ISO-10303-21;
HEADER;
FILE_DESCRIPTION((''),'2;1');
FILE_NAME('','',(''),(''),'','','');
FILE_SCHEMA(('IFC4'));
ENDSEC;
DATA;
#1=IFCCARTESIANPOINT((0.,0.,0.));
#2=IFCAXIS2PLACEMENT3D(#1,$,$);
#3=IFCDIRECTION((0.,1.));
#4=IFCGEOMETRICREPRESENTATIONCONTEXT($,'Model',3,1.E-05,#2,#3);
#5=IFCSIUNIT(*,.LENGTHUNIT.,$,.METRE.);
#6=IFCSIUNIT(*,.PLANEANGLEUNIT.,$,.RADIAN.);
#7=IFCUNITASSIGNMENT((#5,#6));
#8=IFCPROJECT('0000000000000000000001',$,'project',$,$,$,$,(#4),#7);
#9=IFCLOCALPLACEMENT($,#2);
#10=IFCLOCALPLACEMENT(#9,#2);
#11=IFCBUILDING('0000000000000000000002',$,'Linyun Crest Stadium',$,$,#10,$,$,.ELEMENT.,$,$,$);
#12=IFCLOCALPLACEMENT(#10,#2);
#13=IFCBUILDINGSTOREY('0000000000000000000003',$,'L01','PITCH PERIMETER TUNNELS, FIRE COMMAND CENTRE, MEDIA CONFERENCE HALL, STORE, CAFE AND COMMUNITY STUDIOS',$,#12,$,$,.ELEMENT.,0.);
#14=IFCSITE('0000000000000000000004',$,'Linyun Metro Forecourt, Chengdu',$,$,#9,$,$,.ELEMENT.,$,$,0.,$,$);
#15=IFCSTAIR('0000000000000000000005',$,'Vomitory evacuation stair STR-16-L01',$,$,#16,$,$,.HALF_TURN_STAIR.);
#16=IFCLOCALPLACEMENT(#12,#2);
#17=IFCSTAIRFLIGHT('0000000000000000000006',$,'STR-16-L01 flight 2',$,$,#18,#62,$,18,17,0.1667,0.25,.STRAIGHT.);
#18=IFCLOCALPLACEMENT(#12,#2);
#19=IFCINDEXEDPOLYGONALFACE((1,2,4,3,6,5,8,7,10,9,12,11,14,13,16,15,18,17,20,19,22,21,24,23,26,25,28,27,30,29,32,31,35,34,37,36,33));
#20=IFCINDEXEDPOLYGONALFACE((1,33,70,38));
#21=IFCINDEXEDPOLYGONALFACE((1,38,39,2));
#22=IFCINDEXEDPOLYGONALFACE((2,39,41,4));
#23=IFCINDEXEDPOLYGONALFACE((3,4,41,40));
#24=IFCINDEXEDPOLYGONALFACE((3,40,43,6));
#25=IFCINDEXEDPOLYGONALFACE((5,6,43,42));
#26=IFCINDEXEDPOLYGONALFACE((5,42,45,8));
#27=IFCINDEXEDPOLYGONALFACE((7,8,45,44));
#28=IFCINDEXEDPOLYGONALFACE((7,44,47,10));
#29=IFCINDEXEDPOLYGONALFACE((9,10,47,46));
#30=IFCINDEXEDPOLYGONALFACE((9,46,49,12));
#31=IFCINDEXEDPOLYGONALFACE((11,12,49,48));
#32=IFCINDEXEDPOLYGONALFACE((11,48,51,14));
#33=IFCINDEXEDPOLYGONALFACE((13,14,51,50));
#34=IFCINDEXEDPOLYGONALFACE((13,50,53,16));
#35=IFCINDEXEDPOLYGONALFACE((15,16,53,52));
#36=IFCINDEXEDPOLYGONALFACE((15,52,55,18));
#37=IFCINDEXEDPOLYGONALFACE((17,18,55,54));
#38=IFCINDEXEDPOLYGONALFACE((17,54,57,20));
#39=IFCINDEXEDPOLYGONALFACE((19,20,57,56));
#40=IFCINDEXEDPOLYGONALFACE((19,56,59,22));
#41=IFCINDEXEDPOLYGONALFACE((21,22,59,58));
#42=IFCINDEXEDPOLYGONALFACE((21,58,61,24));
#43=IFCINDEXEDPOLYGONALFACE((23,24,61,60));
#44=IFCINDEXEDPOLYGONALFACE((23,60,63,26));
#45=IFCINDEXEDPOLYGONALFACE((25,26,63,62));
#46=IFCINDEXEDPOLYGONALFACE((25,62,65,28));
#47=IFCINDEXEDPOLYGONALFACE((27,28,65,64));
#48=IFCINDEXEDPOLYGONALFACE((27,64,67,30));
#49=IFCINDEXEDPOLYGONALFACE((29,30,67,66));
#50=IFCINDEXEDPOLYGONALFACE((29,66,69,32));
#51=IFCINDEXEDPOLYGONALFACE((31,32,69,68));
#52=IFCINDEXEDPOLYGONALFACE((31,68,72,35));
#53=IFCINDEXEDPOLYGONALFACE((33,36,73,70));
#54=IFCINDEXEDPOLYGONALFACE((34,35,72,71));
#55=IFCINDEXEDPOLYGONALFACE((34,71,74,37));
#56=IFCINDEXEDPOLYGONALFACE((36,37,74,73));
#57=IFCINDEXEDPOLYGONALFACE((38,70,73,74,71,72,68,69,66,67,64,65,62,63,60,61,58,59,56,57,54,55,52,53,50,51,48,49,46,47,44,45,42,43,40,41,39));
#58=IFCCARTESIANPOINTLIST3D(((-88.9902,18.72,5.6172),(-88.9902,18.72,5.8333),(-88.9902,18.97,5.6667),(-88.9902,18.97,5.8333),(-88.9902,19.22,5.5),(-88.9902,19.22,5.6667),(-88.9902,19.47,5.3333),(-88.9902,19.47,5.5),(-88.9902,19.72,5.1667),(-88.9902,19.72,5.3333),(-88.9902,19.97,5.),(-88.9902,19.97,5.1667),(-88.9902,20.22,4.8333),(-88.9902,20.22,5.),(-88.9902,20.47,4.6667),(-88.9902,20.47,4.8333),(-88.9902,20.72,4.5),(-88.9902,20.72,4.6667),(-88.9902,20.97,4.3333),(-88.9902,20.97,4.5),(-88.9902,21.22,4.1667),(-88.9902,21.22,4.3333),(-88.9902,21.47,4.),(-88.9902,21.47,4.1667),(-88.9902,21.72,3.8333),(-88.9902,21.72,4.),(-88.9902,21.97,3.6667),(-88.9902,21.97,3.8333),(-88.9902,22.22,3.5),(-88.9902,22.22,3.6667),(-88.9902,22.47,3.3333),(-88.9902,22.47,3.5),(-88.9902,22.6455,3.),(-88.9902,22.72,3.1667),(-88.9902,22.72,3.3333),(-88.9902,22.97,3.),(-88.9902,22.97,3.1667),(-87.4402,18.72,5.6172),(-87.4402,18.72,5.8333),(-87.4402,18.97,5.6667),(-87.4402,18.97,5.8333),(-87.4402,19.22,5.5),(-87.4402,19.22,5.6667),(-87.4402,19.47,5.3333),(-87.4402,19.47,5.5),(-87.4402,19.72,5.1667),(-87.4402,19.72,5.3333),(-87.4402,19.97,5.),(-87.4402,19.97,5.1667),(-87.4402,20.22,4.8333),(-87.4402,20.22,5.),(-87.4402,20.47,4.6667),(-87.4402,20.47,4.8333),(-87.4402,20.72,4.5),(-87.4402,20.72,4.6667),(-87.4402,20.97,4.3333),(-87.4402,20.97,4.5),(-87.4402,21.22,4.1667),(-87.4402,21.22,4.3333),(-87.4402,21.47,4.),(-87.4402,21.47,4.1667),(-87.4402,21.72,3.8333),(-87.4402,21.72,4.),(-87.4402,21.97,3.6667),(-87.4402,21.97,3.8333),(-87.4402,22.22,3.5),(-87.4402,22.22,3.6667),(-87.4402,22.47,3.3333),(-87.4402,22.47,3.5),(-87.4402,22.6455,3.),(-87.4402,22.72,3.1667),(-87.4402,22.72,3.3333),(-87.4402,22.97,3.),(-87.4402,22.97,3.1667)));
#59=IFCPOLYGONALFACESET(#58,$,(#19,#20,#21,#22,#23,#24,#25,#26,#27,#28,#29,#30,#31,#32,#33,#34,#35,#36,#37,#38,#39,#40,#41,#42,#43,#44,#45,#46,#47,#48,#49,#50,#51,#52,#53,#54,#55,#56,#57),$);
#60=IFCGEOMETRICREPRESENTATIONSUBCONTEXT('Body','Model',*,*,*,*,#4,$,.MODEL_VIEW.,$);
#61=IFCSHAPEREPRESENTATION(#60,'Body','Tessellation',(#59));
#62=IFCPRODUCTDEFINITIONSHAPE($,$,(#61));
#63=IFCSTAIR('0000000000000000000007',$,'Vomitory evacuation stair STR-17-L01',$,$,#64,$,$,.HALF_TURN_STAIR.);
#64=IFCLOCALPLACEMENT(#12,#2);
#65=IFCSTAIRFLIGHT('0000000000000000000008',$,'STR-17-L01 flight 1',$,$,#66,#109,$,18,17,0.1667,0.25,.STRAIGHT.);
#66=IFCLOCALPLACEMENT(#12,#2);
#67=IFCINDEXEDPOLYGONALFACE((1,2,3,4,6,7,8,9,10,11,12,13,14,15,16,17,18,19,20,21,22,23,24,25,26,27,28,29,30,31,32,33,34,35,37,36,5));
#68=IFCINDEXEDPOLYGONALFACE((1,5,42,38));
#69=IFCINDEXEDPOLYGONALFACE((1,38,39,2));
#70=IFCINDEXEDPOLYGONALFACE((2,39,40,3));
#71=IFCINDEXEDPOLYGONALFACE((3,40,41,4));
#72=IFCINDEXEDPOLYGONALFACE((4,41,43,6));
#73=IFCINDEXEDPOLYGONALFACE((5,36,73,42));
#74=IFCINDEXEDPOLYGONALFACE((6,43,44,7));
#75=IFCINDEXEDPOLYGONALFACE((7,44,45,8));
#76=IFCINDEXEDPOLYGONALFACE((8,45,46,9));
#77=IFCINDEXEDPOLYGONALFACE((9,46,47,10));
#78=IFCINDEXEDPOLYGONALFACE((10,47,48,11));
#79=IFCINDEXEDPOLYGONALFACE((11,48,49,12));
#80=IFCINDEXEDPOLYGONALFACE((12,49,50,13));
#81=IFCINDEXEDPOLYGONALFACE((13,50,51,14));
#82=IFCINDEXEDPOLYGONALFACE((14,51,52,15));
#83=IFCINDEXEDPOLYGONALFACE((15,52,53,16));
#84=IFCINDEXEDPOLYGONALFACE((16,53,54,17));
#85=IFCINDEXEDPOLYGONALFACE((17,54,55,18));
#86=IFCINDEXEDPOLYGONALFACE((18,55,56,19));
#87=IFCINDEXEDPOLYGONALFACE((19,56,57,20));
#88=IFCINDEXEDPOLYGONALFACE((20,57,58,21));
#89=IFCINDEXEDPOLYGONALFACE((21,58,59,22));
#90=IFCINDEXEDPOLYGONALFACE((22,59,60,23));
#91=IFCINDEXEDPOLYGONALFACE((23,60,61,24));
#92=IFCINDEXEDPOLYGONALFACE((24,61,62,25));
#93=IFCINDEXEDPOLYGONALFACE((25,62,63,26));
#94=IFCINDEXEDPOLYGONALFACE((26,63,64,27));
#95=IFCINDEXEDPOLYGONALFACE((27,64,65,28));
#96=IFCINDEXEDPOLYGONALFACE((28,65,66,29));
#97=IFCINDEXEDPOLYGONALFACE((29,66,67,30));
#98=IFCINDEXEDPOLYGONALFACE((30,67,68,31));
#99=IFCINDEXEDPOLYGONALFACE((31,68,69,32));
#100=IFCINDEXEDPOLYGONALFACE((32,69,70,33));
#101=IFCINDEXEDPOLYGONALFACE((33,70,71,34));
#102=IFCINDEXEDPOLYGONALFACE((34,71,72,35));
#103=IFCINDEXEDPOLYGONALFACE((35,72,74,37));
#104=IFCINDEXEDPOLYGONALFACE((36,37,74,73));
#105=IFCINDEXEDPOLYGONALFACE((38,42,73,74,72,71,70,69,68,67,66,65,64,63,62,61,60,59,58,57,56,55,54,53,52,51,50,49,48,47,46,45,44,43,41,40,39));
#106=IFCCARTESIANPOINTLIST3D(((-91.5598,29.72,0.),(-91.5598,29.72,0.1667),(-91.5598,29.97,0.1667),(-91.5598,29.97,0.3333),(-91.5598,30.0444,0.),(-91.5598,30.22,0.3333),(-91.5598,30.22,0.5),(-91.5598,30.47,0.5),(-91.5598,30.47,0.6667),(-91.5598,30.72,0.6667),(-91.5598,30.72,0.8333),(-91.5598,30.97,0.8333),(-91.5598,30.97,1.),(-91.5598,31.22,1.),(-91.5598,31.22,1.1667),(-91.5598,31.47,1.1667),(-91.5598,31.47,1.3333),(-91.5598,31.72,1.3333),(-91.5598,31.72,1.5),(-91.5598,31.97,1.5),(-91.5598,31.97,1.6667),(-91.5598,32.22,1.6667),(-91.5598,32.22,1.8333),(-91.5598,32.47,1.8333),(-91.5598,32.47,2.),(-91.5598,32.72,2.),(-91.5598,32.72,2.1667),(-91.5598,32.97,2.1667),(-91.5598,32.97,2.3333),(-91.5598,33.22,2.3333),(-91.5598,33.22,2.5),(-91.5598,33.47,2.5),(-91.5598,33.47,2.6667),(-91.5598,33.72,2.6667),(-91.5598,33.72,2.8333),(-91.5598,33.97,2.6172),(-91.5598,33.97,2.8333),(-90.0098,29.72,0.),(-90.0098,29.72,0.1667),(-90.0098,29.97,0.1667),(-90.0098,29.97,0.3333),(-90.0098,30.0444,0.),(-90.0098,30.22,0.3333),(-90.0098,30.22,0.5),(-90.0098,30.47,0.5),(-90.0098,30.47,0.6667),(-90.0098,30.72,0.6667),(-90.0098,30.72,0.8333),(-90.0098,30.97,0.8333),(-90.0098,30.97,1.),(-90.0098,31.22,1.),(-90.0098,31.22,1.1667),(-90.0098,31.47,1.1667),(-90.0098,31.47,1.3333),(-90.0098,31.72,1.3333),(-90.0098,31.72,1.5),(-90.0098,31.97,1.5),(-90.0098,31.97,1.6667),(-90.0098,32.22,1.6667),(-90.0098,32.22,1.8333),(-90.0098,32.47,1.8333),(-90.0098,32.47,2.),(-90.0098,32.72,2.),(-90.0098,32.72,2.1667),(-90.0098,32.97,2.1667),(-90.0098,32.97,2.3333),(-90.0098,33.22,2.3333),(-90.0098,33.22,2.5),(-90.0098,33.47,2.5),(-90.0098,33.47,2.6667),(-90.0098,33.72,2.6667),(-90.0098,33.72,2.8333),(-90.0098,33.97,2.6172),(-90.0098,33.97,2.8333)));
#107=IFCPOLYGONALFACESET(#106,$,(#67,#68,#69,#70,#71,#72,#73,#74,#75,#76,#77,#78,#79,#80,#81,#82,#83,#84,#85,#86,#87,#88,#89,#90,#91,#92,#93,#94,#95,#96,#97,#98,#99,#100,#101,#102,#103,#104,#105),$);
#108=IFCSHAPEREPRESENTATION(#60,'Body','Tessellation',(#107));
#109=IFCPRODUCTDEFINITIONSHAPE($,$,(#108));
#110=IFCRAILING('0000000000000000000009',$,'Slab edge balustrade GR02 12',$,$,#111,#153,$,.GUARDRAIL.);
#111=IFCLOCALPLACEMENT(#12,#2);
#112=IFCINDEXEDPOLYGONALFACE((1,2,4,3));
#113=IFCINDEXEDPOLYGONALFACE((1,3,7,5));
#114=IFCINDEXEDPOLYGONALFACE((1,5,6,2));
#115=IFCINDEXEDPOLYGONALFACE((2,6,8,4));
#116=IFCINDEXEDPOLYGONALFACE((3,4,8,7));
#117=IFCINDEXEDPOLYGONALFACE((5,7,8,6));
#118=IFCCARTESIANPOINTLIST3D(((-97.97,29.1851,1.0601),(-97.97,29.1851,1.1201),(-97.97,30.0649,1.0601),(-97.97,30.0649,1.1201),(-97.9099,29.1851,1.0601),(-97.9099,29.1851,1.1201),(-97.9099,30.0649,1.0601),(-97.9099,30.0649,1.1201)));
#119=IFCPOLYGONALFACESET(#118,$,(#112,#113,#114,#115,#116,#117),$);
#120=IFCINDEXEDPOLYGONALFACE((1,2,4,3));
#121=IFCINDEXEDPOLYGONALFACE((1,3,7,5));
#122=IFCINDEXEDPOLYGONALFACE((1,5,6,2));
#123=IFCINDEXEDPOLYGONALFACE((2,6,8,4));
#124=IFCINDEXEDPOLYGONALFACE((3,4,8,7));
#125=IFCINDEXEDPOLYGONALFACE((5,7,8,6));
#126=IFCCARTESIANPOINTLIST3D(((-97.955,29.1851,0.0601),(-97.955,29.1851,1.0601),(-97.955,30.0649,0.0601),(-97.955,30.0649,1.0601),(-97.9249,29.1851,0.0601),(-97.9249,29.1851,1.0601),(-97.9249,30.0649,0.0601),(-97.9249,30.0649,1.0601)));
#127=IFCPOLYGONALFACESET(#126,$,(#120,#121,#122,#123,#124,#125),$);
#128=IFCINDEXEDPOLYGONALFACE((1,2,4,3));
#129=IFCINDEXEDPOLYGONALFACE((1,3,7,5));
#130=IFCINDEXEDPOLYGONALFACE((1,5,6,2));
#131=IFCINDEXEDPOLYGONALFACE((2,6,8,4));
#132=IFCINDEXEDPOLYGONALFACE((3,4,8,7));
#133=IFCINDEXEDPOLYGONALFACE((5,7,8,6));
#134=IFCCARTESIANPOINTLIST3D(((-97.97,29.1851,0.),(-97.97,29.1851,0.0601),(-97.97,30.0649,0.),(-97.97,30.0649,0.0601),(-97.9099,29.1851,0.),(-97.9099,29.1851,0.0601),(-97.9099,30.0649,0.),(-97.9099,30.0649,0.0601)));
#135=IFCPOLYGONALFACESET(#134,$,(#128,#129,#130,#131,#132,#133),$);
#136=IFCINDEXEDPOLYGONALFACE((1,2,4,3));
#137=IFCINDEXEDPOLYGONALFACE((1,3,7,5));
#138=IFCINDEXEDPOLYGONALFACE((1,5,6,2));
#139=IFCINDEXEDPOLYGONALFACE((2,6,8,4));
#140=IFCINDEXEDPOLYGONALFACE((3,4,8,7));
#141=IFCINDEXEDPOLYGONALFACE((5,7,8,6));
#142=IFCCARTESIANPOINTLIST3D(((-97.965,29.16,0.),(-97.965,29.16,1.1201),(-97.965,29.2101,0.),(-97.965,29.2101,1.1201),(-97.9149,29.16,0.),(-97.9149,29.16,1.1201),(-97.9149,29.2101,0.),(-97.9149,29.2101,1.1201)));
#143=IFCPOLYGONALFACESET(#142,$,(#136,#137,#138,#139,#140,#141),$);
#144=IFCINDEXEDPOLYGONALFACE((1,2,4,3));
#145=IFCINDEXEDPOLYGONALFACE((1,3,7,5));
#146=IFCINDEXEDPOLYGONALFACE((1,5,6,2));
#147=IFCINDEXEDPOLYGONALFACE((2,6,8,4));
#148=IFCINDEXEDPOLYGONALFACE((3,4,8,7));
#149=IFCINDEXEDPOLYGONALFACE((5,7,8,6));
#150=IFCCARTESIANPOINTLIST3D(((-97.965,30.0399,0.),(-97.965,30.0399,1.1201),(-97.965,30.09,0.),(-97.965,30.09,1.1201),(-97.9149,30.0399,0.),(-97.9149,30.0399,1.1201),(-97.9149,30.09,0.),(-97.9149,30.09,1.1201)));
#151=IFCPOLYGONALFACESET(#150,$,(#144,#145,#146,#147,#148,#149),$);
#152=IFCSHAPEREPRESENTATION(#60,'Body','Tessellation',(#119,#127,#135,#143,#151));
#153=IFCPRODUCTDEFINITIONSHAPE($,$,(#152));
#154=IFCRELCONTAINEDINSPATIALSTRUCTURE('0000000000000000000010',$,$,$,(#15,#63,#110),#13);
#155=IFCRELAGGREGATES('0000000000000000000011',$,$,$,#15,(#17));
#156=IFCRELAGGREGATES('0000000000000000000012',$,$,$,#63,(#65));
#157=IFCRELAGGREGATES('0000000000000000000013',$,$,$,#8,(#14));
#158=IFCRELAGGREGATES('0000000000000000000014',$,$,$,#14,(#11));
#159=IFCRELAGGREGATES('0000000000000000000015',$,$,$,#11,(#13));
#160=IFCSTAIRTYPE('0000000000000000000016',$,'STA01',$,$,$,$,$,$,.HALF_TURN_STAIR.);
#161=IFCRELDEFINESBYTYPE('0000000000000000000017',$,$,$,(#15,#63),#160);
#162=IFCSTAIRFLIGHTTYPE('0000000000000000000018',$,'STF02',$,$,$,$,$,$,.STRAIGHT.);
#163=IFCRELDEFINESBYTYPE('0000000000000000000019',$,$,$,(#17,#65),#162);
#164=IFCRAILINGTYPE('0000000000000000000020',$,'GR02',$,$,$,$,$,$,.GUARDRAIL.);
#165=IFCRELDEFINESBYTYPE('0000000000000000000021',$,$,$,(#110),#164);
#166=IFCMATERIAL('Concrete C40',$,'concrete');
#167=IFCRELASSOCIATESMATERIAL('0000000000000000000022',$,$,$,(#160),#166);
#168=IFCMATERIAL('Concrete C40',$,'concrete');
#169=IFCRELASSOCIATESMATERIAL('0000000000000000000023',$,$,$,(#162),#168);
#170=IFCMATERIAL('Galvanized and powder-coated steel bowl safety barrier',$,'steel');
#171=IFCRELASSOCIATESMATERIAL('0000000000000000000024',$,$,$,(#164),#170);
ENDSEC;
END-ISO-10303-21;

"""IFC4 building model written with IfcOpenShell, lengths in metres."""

from ifc_helpers import new_model, si_unit, direction, frame, origin, origin_2d, place, context, subcontext, project, spatial, polyline, rectangle, outline, extrude, material, type_object, element, aggregate, save


model = new_model("IFC4")

# Units and contexts
model_context = context("Model", 3, precision=1e-05, world=origin(), true_north=direction((0.0, 1.0)))
body_context = subcontext(model_context, "Body", "Model", "MODEL_VIEW")
ifc_project = project(units=[si_unit("LENGTHUNIT", "METRE"), si_unit("PLANEANGLEUNIT", "RADIAN")], contexts=[model_context])

# Site, building, storey
site_placement = place(None, origin())
site = spatial("IfcSite", under=ifc_project, at=site_placement, Name="Linyun Metro Forecourt, Chengdu", CompositionType="ELEMENT", RefElevation=0.0)
building_placement = place(site_placement, origin())
building = spatial("IfcBuilding", under=site, at=building_placement, Name="Linyun Crest Stadium", CompositionType="ELEMENT")
storey_placement = place(building_placement, origin())
storey = spatial("IfcBuildingStorey", under=building, at=storey_placement, Name="L01", Description="PITCH PERIMETER TUNNELS, FIRE COMMAND CENTRE, MEDIA CONFERENCE HALL, STORE, CAFE AND COMMUNITY STUDIOS", CompositionType="ELEMENT", Elevation=0.0)

# Stair, stair flight
ifc_material_1 = material(Name="Concrete C40", Category="concrete")
stair_type = type_object("IfcStairType", Name="STA01", PredefinedType="HALF_TURN_STAIR", material=ifc_material_1)
stair_1_placement = place(storey_placement, origin())
stair_1 = element("IfcStair", 1, at=stair_1_placement, inside=storey, type_object=stair_type, Name="Vomitory evacuation stair STR-16-L01", PredefinedType="HALF_TURN_STAIR")
ifc_material_2 = material(Name="Concrete C40", Category="concrete")
stair_flight_type = type_object("IfcStairFlightType", Name="STF02", PredefinedType="STRAIGHT", material=ifc_material_2)
stair_flight_1_placement = place(storey_placement, frame((-88.2151, 22.97, 3.0), z_axis=(0.0, 0.0, 1.0), x_axis=(0.0, -1.0, 0.0)))
stair_flight_1 = element("IfcStairFlight", 2, at=stair_flight_1_placement, type_object=stair_flight_type, Name="STR-16-L01 flight 2", NumberOfRisers=18, NumberOfTreads=17, PredefinedType="STRAIGHT", RiserHeight=0.1667, TreadLength=0.25, context=body_context, shape_type="SweptSolid", body=[
    extrude(outline(polyline([(0.0, 0.0), (0.0, 0.1667), (0.25, 0.1667), (0.25, 0.3333), (0.5, 0.3333), (0.5, 0.5), (0.75, 0.5), (0.75, 0.6667), (1.0, 0.6667), (1.0, 0.8333), (1.25, 0.8333), (1.25, 1.0), (1.5, 1.0), (1.5, 1.1667), (1.75, 1.1667), (1.75, 1.3333), (2.0, 1.3333), (2.0, 1.5), (2.25, 1.5), (2.25, 1.6667), (2.5, 1.6667), (2.5, 1.8333), (2.75, 1.8333), (2.75, 2.0), (3.0, 2.0), (3.0, 2.1667), (3.25, 2.1667), (3.25, 2.3333), (3.5, 2.3333), (3.5, 2.5), (3.75, 2.5), (3.75, 2.6667), (4.0, 2.6667), (4.0, 2.8333), (4.25, 2.8333), (4.25, 3.0), (4.25, 2.6172), (0.3245, 0.0), (0.0, 0.0)])), frame((0.0, 0.7749, 0.0), z_axis=(0.0, -1.0, 0.0), x_axis=(1.0, 0.0, 0.0)), (0.0, 0.0, 1.0), 1.55),
])
aggregate(stair_1, [stair_flight_1])

# Stair, stair flight
stair_2_placement = place(storey_placement, origin())
stair_2 = element("IfcStair", 3, at=stair_2_placement, inside=storey, type_object=stair_type, Name="Vomitory evacuation stair STR-17-L01", PredefinedType="HALF_TURN_STAIR")
stair_flight_2_placement = place(storey_placement, frame((-90.7849, 29.72, 0.0), z_axis=(0.0, 0.0, 1.0), x_axis=(0.0, 1.0, 0.0)))
stair_flight_2 = element("IfcStairFlight", 4, at=stair_flight_2_placement, type_object=stair_flight_type, Name="STR-17-L01 flight 1", NumberOfRisers=18, NumberOfTreads=17, PredefinedType="STRAIGHT", RiserHeight=0.1667, TreadLength=0.25, context=body_context, shape_type="SweptSolid", body=[
    extrude(outline(polyline([(0.0, 0.0), (0.0, 0.1667), (0.25, 0.1667), (0.25, 0.3333), (0.5, 0.3333), (0.5, 0.5), (0.75, 0.5), (0.75, 0.6667), (1.0, 0.6667), (1.0, 0.8333), (1.25, 0.8333), (1.25, 1.0), (1.5, 1.0), (1.5, 1.1667), (1.75, 1.1667), (1.75, 1.3333), (2.0, 1.3333), (2.0, 1.5), (2.25, 1.5), (2.25, 1.6667), (2.5, 1.6667), (2.5, 1.8333), (2.75, 1.8333), (2.75, 2.0), (3.0, 2.0), (3.0, 2.1667), (3.25, 2.1667), (3.25, 2.3333), (3.5, 2.3333), (3.5, 2.5), (3.75, 2.5), (3.75, 2.6667), (4.0, 2.6667), (4.0, 2.8333), (4.25, 2.8333), (4.25, 3.0), (4.25, 2.6172), (0.3245, 0.0), (0.0, 0.0)])), frame((0.0, 0.7749, 0.0), z_axis=(0.0, -1.0, 0.0), x_axis=(1.0, 0.0, 0.0)), (0.0, 0.0, 1.0), 1.55),
])
aggregate(stair_2, [stair_flight_2])

# Railing
ifc_material_3 = material(Name="Galvanized and powder-coated steel bowl safety barrier", Category="steel")
railing_type_1 = type_object("IfcRailingType", Name="GR02", PredefinedType="GUARDRAIL", material=ifc_material_3)
railing_1_placement = place(storey_placement, frame((-97.9399, 29.1851, 0.0)))
element("IfcRailing", 5, at=railing_1_placement, inside=storey, type_object=railing_type_1, Name="Slab edge balustrade GR02 12", PredefinedType="GUARDRAIL", context=body_context, shape_type="SweptSolid", body=[
    extrude(rectangle(XDim=0.0601, YDim=0.0601, at=origin_2d()), frame((0.0, 0.0, 1.0901), z_axis=(0.0, 1.0, 0.0), x_axis=(-1.0, 0.0, 0.0)), (0.0, 0.0, 1.0), 0.8799),
    extrude(rectangle(XDim=0.03, YDim=1.0, at=origin_2d()), frame((0.0, 0.0, 0.5601), z_axis=(0.0, 1.0, 0.0), x_axis=(-1.0, 0.0, 0.0)), (0.0, 0.0, 1.0), 0.8799),
    extrude(rectangle(XDim=0.0601, YDim=0.0601, at=origin_2d()), frame((0.0, 0.0, 0.03), z_axis=(0.0, 1.0, 0.0), x_axis=(-1.0, 0.0, 0.0)), (0.0, 0.0, 1.0), 0.8799),
    extrude(rectangle(XDim=0.05, YDim=0.05, at=origin_2d()), origin(), (0.0, 0.0, 1.0), 1.1201),
    extrude(rectangle(XDim=0.05, YDim=0.05, at=origin_2d()), frame((0.0, 0.8799, 0.0)), (0.0, 0.0, 1.0), 1.1201),
])

save(model, "model.ifc")
